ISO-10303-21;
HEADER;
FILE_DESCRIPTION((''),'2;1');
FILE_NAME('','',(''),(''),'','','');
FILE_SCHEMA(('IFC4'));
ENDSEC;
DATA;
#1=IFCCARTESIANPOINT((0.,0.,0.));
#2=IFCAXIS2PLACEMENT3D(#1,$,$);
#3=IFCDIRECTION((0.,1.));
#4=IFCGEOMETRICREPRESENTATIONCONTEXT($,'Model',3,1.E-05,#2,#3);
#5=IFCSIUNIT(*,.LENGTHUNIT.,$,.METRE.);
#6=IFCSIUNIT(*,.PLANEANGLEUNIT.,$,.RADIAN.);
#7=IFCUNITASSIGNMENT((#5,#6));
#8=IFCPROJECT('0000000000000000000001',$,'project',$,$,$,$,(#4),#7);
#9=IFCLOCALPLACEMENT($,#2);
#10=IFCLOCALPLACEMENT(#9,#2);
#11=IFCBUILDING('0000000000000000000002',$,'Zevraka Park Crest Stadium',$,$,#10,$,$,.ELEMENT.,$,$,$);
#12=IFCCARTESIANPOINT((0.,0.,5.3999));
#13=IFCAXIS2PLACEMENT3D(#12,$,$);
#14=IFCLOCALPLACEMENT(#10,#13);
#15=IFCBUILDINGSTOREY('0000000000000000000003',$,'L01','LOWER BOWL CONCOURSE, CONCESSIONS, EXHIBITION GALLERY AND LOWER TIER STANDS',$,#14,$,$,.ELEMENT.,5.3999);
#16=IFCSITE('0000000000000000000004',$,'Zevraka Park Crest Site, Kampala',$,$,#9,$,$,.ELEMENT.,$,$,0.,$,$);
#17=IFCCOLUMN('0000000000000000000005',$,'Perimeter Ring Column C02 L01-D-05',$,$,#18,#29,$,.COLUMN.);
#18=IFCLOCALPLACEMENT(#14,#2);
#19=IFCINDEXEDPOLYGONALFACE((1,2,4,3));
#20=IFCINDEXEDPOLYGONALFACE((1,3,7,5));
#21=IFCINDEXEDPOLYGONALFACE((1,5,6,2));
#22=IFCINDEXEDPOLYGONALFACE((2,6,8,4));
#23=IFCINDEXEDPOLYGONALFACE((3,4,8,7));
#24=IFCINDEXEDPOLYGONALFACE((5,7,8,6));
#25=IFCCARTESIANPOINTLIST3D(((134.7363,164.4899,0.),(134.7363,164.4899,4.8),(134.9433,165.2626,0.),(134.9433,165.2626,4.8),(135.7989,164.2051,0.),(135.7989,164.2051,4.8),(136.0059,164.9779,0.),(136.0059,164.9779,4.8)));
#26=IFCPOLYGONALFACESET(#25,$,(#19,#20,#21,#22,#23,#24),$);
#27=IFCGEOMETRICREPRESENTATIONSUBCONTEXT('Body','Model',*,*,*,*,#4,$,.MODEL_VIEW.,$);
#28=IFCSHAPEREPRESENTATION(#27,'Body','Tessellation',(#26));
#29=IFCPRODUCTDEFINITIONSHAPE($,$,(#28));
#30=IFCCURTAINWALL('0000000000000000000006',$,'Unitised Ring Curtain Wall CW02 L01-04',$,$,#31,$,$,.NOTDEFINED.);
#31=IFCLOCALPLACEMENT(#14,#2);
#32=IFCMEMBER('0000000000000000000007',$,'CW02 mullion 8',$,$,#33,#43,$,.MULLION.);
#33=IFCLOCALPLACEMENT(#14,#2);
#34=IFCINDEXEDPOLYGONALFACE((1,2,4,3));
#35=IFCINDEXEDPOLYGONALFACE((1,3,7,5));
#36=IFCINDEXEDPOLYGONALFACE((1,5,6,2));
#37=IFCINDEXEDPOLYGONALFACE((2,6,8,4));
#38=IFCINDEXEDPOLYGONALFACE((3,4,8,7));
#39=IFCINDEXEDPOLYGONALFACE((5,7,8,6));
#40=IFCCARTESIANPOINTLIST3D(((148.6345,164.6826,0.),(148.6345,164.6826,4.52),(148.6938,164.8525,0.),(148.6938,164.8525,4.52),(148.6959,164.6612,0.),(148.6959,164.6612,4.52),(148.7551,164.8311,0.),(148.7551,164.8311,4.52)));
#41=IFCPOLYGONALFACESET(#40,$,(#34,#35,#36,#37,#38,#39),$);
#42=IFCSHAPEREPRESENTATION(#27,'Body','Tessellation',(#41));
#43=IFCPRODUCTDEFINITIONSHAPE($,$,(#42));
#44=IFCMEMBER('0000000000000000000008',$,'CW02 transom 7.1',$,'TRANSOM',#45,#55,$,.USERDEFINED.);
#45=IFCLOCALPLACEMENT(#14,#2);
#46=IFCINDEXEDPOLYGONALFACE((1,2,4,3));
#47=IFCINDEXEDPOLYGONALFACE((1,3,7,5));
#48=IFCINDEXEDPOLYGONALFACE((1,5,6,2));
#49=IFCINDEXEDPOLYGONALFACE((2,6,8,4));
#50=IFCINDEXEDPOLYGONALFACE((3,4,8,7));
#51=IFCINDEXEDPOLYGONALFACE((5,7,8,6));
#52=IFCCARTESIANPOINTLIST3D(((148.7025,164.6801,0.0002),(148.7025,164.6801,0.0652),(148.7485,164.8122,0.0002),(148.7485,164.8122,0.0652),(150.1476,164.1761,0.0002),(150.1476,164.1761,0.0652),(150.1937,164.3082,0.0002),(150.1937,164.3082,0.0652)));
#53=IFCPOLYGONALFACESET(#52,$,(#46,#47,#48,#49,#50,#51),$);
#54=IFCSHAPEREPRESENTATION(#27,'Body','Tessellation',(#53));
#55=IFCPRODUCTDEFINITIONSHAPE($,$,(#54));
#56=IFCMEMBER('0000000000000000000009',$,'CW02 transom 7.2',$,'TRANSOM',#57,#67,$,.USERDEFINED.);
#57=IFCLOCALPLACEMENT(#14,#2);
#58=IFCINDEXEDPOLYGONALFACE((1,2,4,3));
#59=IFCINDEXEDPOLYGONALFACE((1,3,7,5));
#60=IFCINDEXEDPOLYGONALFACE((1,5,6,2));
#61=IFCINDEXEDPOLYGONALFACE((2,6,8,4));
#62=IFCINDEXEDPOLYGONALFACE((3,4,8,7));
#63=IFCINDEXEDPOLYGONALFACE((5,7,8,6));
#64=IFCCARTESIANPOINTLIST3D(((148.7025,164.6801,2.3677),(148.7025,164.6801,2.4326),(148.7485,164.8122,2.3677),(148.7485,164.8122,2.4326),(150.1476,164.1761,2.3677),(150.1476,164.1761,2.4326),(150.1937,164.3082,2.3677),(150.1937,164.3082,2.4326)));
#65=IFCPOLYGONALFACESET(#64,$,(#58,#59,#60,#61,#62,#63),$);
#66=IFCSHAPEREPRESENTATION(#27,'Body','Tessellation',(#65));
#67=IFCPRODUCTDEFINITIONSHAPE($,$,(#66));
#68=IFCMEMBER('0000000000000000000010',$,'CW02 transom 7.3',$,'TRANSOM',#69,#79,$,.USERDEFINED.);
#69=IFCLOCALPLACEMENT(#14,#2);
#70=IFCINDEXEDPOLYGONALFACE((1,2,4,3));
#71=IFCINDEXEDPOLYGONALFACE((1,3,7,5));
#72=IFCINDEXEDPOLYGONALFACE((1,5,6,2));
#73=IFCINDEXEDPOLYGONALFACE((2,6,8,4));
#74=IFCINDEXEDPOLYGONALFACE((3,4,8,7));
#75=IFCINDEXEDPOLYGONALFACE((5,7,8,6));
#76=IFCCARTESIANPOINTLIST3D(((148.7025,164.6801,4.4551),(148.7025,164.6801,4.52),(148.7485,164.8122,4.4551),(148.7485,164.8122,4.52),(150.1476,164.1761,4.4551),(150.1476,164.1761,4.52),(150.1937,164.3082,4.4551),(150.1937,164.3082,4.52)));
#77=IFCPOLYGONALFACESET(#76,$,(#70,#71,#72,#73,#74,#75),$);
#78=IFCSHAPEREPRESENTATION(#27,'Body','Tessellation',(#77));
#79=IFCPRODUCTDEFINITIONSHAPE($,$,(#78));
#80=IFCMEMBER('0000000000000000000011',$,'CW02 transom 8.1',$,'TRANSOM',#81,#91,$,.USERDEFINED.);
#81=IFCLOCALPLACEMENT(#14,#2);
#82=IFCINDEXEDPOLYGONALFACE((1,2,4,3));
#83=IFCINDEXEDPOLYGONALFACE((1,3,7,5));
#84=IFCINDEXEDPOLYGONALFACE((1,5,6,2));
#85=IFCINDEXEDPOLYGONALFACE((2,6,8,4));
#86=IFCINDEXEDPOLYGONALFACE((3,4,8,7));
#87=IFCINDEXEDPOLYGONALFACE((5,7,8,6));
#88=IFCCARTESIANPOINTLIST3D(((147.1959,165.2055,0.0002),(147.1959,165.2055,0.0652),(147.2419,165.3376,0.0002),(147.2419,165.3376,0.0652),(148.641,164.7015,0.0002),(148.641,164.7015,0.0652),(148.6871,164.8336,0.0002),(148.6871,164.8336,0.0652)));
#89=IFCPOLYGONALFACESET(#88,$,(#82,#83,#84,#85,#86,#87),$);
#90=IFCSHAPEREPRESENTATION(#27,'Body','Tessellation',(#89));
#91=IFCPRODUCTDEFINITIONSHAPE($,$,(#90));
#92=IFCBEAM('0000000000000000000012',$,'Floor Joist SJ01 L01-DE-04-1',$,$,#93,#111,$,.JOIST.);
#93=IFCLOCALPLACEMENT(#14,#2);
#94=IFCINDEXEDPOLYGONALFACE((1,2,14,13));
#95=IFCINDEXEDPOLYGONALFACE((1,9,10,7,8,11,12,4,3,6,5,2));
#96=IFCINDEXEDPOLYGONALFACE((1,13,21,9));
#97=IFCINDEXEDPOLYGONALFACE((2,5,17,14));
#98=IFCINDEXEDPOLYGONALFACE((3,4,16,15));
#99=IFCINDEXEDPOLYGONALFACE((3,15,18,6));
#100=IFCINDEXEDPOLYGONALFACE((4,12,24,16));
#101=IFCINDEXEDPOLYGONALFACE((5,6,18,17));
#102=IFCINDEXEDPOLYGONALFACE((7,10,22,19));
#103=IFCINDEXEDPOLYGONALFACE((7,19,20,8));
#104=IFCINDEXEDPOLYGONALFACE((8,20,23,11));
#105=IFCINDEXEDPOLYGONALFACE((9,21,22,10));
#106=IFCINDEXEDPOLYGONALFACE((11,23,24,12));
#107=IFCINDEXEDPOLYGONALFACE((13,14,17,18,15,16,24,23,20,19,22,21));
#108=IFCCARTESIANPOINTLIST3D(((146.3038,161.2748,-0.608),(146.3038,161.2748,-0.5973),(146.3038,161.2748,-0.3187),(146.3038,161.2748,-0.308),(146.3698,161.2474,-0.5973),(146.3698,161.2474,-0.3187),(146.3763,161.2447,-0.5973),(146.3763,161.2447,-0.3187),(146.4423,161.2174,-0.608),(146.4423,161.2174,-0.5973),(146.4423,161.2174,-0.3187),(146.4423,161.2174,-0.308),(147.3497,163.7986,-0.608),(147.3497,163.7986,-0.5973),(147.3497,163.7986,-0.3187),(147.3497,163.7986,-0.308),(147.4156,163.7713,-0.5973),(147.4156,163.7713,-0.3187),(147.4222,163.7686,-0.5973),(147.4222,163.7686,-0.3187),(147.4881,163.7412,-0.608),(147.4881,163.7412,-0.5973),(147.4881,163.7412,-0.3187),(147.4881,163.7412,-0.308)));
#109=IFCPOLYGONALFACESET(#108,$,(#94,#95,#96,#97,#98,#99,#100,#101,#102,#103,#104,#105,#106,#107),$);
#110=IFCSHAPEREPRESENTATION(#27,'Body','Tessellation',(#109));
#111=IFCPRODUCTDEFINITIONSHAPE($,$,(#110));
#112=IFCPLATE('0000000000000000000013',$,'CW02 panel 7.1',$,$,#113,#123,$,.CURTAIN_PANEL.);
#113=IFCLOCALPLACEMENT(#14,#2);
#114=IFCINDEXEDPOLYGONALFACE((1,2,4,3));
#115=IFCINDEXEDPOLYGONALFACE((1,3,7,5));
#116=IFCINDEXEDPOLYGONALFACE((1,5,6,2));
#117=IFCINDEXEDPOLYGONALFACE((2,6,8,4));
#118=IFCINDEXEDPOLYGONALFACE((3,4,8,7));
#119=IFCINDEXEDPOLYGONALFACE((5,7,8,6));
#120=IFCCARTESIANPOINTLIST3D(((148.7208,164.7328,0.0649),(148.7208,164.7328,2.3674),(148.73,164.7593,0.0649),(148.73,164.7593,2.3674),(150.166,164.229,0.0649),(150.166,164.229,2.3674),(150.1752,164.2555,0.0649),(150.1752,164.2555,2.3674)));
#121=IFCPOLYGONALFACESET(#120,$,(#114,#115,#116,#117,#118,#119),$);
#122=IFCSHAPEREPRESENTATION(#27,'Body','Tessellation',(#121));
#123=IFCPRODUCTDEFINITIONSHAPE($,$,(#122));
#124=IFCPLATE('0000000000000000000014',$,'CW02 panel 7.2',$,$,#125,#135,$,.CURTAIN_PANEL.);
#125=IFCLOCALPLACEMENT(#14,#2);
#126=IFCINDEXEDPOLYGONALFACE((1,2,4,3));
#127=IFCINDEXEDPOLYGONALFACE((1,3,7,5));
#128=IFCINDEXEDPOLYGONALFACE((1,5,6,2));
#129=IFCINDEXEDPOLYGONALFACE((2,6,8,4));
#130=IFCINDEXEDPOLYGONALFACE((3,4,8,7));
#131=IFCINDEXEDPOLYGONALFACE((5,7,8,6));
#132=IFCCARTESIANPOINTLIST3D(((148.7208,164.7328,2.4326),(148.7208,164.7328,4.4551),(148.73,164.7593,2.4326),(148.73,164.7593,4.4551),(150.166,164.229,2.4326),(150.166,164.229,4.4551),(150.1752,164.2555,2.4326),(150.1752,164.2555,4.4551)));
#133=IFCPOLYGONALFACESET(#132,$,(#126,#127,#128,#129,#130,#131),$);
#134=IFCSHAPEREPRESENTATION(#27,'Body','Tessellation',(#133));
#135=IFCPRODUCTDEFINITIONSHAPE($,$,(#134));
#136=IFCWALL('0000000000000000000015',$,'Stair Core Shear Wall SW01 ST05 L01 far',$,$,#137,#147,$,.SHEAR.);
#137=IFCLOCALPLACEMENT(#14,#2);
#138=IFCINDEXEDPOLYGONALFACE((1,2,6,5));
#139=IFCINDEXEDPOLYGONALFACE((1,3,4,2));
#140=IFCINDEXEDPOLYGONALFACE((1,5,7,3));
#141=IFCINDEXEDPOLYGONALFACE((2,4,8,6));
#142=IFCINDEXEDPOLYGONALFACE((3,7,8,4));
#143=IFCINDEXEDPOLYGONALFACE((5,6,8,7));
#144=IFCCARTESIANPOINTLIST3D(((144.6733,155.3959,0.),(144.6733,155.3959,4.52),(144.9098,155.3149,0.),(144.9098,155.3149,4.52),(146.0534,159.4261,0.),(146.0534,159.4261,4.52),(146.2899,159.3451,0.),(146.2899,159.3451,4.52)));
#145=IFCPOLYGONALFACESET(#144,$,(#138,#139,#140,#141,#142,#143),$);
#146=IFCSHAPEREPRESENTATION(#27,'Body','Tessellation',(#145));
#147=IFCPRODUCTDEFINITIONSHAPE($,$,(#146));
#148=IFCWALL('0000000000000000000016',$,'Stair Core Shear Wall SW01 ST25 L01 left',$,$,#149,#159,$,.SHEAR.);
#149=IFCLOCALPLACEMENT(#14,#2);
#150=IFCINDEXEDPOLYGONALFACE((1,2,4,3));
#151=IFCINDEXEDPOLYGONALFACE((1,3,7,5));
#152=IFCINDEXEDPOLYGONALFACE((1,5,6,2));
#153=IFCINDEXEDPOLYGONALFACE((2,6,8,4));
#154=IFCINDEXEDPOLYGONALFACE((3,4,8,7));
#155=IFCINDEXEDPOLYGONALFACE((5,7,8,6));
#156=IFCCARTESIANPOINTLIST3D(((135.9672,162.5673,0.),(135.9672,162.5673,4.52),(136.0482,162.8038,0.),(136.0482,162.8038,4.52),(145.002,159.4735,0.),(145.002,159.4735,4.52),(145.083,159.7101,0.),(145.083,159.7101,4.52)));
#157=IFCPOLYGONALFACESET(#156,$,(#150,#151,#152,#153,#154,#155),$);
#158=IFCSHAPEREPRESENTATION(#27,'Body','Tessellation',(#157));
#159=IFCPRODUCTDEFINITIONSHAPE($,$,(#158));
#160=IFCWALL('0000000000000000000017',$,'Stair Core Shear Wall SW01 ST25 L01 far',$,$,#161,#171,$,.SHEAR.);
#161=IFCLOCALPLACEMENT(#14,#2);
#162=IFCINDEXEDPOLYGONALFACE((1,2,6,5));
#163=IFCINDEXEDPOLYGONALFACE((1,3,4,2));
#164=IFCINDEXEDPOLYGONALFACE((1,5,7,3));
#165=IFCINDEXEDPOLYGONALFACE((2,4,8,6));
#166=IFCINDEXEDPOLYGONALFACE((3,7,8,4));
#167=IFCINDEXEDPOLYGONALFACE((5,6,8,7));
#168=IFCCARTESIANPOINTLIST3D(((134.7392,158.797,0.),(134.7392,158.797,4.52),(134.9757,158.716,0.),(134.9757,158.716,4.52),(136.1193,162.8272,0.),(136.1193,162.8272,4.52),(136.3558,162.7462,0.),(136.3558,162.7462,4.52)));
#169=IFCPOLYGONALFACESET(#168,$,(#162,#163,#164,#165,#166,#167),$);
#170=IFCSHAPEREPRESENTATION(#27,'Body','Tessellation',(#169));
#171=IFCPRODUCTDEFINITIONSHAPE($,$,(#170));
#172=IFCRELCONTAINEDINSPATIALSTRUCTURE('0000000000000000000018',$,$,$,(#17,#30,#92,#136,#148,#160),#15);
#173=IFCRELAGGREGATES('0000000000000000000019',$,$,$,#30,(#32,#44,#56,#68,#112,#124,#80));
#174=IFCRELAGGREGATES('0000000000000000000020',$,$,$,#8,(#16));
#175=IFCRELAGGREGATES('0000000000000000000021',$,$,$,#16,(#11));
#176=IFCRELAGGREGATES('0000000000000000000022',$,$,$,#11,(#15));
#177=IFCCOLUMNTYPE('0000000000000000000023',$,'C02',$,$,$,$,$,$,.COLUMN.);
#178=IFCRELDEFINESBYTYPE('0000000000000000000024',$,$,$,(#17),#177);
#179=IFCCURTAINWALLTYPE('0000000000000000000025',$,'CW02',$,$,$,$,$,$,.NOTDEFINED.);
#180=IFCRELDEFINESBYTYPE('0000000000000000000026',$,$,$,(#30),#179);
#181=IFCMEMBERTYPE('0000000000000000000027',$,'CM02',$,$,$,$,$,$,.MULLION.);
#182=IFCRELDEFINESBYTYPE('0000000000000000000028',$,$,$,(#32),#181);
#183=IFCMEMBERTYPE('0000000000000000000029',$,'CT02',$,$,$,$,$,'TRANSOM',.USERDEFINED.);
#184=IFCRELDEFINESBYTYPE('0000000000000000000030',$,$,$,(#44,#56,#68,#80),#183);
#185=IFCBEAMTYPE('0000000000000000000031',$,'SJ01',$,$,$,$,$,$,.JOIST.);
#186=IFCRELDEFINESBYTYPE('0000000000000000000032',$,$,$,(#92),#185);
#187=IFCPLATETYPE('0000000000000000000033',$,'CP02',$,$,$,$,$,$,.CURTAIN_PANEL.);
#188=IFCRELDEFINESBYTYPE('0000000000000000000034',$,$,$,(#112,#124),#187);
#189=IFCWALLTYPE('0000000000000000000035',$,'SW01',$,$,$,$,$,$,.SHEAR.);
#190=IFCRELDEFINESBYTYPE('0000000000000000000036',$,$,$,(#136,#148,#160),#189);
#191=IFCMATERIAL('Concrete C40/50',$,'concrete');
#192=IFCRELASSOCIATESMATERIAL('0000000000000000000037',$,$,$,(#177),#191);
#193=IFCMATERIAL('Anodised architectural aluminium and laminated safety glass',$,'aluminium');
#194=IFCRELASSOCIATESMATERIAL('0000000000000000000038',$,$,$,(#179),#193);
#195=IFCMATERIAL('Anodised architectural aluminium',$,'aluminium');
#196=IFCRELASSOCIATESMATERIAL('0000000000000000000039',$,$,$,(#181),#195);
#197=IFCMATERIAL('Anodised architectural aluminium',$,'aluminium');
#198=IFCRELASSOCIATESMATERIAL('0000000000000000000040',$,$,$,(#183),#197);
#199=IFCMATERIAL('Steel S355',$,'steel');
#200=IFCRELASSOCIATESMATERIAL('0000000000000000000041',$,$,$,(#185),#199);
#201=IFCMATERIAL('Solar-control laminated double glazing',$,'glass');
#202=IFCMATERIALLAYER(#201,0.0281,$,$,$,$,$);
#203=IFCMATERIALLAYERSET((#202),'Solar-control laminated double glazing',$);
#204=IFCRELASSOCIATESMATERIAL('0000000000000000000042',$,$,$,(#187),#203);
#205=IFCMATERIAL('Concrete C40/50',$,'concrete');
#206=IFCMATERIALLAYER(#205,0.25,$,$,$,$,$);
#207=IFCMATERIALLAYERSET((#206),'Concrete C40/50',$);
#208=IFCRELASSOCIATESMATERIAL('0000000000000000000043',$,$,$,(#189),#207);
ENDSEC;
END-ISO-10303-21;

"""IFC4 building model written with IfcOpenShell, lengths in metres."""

from ifc_helpers import new_model, si_unit, direction, frame, frame_2d, origin, origin_2d, place, context, subcontext, project, spatial, rectangle, i_section, extrude, material, layer, layer_set, material_profile, profile_set, type_object, element, aggregate, save


model = new_model("IFC4")

# Units and contexts
model_context = context("Model", 3, precision=1e-05, world=origin(), true_north=direction((0.0, 1.0)))
body_context = subcontext(model_context, "Body", "Model", "MODEL_VIEW")
ifc_project = project(units=[si_unit("LENGTHUNIT", "METRE"), si_unit("PLANEANGLEUNIT", "RADIAN")], contexts=[model_context])

# Site, building, storey
site_placement = place(None, origin())
site = spatial("IfcSite", under=ifc_project, at=site_placement, Name="Zevraka Park Crest Site, Kampala", CompositionType="ELEMENT", RefElevation=0.0)
building_placement = place(site_placement, origin())
building = spatial("IfcBuilding", under=site, at=building_placement, Name="Zevraka Park Crest Stadium", CompositionType="ELEMENT")
storey_placement = place(building_placement, frame((0.0, 0.0, 5.3999)))
storey = spatial("IfcBuildingStorey", under=building, at=storey_placement, Name="L01", Description="LOWER BOWL CONCOURSE, CONCESSIONS, EXHIBITION GALLERY AND LOWER TIER STANDS", CompositionType="ELEMENT", Elevation=5.3999)

# Column
ifc_material_1 = material(Name="Concrete C40/50", Category="concrete")
ifc_material_profile_1 = material_profile(ifc_material_1, rectangle(XDim=0.8, YDim=1.1001, at=origin_2d()), Name="RC 1100x800")
ifc_profile_set_1 = profile_set([ifc_material_profile_1], Name="Concrete C40/50")
column_type = type_object("IfcColumnType", Name="C02", PredefinedType="COLUMN", material=ifc_profile_set_1)
column_placement = place(storey_placement, frame((135.3711, 164.7339, 0.0), z_axis=(0.0, 0.0, 1.0), x_axis=(0.258819, 0.965926, 0.0)))
element("IfcColumn", 1, at=column_placement, inside=storey, type_object=column_type, Name="Perimeter Ring Column C02 L01-D-05", PredefinedType="COLUMN", context=body_context, shape_type="SweptSolid", body=[
    extrude(rectangle(XDim=0.8, YDim=1.1001, at=origin_2d()), origin(), (0.0, 0.0, 1.0), 4.8),
])

# Curtain wall, members
ifc_material_2 = material(Name="Anodised architectural aluminium and laminated safety glass", Category="aluminium")
curtain_wall_type = type_object("IfcCurtainWallType", Name="CW02", PredefinedType="NOTDEFINED", material=ifc_material_2)
curtain_wall_placement = place(storey_placement, origin())
curtain_wall = element("IfcCurtainWall", 2, at=curtain_wall_placement, inside=storey, type_object=curtain_wall_type, Name="Unitised Ring Curtain Wall CW02 L01-04", PredefinedType="NOTDEFINED")
ifc_material_3 = material(Name="Anodised architectural aluminium", Category="aluminium")
ifc_material_profile_2 = material_profile(ifc_material_3, rectangle(XDim=0.1799, YDim=0.0649, at=origin_2d()), Name="ALU MULLION 180x65")
ifc_profile_set_2 = profile_set([ifc_material_profile_2], Name="Anodised architectural aluminium")
member_type_1 = type_object("IfcMemberType", Name="CM02", PredefinedType="MULLION", material=ifc_profile_set_2)
member_1_placement = place(storey_placement, frame((148.6948, 164.7568, 0.0), z_axis=(0.0, 0.0, 1.0), x_axis=(-0.329209, -0.944257, 0.0)))
member_1 = element("IfcMember", 3, at=member_1_placement, type_object=member_type_1, Name="CW02 mullion 8", PredefinedType="MULLION", context=body_context, shape_type="SweptSolid", body=[
    extrude(rectangle(XDim=0.1799, YDim=0.0649, at=origin_2d()), origin(), (0.0, 0.0, 1.0), 4.52),
])
ifc_material_4 = material(Name="Anodised architectural aluminium", Category="aluminium")
ifc_material_profile_3 = material_profile(ifc_material_4, rectangle(XDim=0.1399, YDim=0.0649, at=origin_2d()), Name="ALU TRANSOM 140x65")
ifc_profile_set_3 = profile_set([ifc_material_profile_3], Name="Anodised architectural aluminium")
member_type_2 = type_object("IfcMemberType", Name="CT02", ElementType="TRANSOM", PredefinedType="USERDEFINED", material=ifc_profile_set_3)
member_2_placement = place(storey_placement, frame((150.1707, 164.2422, 0.0327), z_axis=(-0.944238, 0.329263, 0.0), x_axis=(-0.329263, -0.944238, 0.0)))
member_2 = element("IfcMember", 4, at=member_2_placement, type_object=member_type_2, Name="CW02 transom 7.1", ObjectType="TRANSOM", PredefinedType="USERDEFINED", context=body_context, shape_type="SweptSolid", body=[
    extrude(rectangle(XDim=0.1399, YDim=0.0649, at=origin_2d()), origin(), (0.0, 0.0, 1.0), 1.5305),
])
member_3_placement = place(storey_placement, frame((150.1707, 164.2422, 2.4001), z_axis=(-0.944238, 0.329263, 0.0), x_axis=(-0.329263, -0.944238, 0.0)))
member_3 = element("IfcMember", 5, at=member_3_placement, type_object=member_type_2, Name="CW02 transom 7.2", ObjectType="TRANSOM", PredefinedType="USERDEFINED", context=body_context, shape_type="SweptSolid", body=[
    extrude(rectangle(XDim=0.1399, YDim=0.0649, at=origin_2d()), origin(), (0.0, 0.0, 1.0), 1.5305),
])
member_4_placement = place(storey_placement, frame((150.1707, 164.2422, 4.4875), z_axis=(-0.944238, 0.329263, 0.0), x_axis=(-0.329263, -0.944238, 0.0)))
member_4 = element("IfcMember", 6, at=member_4_placement, type_object=member_type_2, Name="CW02 transom 7.3", ObjectType="TRANSOM", PredefinedType="USERDEFINED", context=body_context, shape_type="SweptSolid", body=[
    extrude(rectangle(XDim=0.1399, YDim=0.0649, at=origin_2d()), origin(), (0.0, 0.0, 1.0), 1.5305),
])
member_5_placement = place(storey_placement, frame((148.6641, 164.7676, 0.0327), z_axis=(-0.944238, 0.329263, 0.0), x_axis=(-0.329263, -0.944238, 0.0)))
member_5 = element("IfcMember", 7, at=member_5_placement, type_object=member_type_2, Name="CW02 transom 8.1", ObjectType="TRANSOM", PredefinedType="USERDEFINED", context=body_context, shape_type="SweptSolid", body=[
    extrude(rectangle(XDim=0.1399, YDim=0.0649, at=origin_2d()), origin(), (0.0, 0.0, 1.0), 1.5305),
])

# Beam
ifc_material_5 = material(Name="Steel S355", Category="steel")
ifc_material_profile_4 = material_profile(ifc_material_5, i_section(OverallWidth=0.1499, OverallDepth=0.3, WebThickness=0.0071, FlangeThickness=0.0107, at=origin_2d()), Name="IPE 300")
ifc_profile_set_4 = profile_set([ifc_material_profile_4], Name="Steel S355")
beam_type = type_object("IfcBeamType", Name="SJ01", PredefinedType="JOIST", material=ifc_profile_set_4)
beam_placement = place(storey_placement, frame((146.373, 161.2461, -0.458), z_axis=(0.382825, 0.923821, 0.0), x_axis=(-0.923821, 0.382825, 0.0)))
element("IfcBeam", 8, at=beam_placement, inside=storey, type_object=beam_type, Name="Floor Joist SJ01 L01-DE-04-1", PredefinedType="JOIST", context=body_context, shape_type="SweptSolid", body=[
    extrude(i_section(OverallWidth=0.1499, OverallDepth=0.3, WebThickness=0.0071, FlangeThickness=0.0107, at=origin_2d()), origin(), (0.0, 0.0, 1.0), 2.7319),
])

# Plates
ifc_material_6 = material(Name="Solar-control laminated double glazing", Category="glass")
ifc_layer_1 = layer(ifc_material_6, 0.0281)
ifc_layer_set_1 = layer_set([ifc_layer_1], Name="Solar-control laminated double glazing")
plate_type = type_object("IfcPlateType", Name="CP02", PredefinedType="CURTAIN_PANEL", material=ifc_layer_set_1)
plate_1_placement = place(storey_placement, frame((149.448, 164.4941, 0.0649), z_axis=(0.0, 0.0, 1.0), x_axis=(-0.944257, 0.329209, 0.0)))
plate_1 = element("IfcPlate", 9, at=plate_1_placement, type_object=plate_type, Name="CW02 panel 7.1", PredefinedType="CURTAIN_PANEL", context=body_context, shape_type="SweptSolid", body=[
    extrude(rectangle(XDim=1.5305, YDim=0.0281, at=origin_2d()), origin(), (0.0, 0.0, 1.0), 2.3025),
])
plate_2_placement = place(storey_placement, frame((149.448, 164.4941, 2.4326), z_axis=(0.0, 0.0, 1.0), x_axis=(-0.944257, 0.329209, 0.0)))
plate_2 = element("IfcPlate", 10, at=plate_2_placement, type_object=plate_type, Name="CW02 panel 7.2", PredefinedType="CURTAIN_PANEL", context=body_context, shape_type="SweptSolid", body=[
    extrude(rectangle(XDim=1.5305, YDim=0.0281, at=origin_2d()), origin(), (0.0, 0.0, 1.0), 2.0225),
])
aggregate(curtain_wall, [member_1, member_2, member_3, member_4, plate_1, plate_2, member_5])

# Walls
ifc_material_7 = material(Name="Concrete C40/50", Category="concrete")
ifc_layer_2 = layer(ifc_material_7, 0.25)
ifc_layer_set_2 = layer_set([ifc_layer_2], Name="Concrete C40/50")
wall_type = type_object("IfcWallType", Name="SW01", PredefinedType="SHEAR", material=ifc_layer_set_2)
wall_1_placement = place(storey_placement, frame((146.1716, 159.3855, 0.0), z_axis=(0.0, 0.0, 1.0), x_axis=(-0.323971, -0.946067, 0.0)))
element("IfcWall", 11, at=wall_1_placement, inside=storey, type_object=wall_type, Name="Stair Core Shear Wall SW01 ST05 L01 far", PredefinedType="SHEAR", context=body_context, shape_type="SweptSolid", body=[
    extrude(rectangle(XDim=4.26, YDim=0.25, at=frame_2d((2.1299, 0.0))), origin(), (0.0, 0.0, 1.0), 4.52),
])
wall_2_placement = place(storey_placement, frame((145.0425, 159.5918, 0.0), z_axis=(0.0, 0.0, 1.0), x_axis=(-0.946072, 0.323956, 0.0)))
element("IfcWall", 12, at=wall_2_placement, inside=storey, type_object=wall_type, Name="Stair Core Shear Wall SW01 ST25 L01 left", PredefinedType="SHEAR", context=body_context, shape_type="SweptSolid", body=[
    extrude(rectangle(XDim=9.5498, YDim=0.25, at=frame_2d((4.7749, 0.0))), origin(), (0.0, 0.0, 1.0), 4.52),
])
wall_3_placement = place(storey_placement, frame((136.2375, 162.7866, 0.0), z_axis=(0.0, 0.0, 1.0), x_axis=(-0.323971, -0.946067, 0.0)))
element("IfcWall", 13, at=wall_3_placement, inside=storey, type_object=wall_type, Name="Stair Core Shear Wall SW01 ST25 L01 far", PredefinedType="SHEAR", context=body_context, shape_type="SweptSolid", body=[
    extrude(rectangle(XDim=4.26, YDim=0.25, at=frame_2d((2.1299, 0.0))), origin(), (0.0, 0.0, 1.0), 4.52),
])

save(model, "model.ifc")
